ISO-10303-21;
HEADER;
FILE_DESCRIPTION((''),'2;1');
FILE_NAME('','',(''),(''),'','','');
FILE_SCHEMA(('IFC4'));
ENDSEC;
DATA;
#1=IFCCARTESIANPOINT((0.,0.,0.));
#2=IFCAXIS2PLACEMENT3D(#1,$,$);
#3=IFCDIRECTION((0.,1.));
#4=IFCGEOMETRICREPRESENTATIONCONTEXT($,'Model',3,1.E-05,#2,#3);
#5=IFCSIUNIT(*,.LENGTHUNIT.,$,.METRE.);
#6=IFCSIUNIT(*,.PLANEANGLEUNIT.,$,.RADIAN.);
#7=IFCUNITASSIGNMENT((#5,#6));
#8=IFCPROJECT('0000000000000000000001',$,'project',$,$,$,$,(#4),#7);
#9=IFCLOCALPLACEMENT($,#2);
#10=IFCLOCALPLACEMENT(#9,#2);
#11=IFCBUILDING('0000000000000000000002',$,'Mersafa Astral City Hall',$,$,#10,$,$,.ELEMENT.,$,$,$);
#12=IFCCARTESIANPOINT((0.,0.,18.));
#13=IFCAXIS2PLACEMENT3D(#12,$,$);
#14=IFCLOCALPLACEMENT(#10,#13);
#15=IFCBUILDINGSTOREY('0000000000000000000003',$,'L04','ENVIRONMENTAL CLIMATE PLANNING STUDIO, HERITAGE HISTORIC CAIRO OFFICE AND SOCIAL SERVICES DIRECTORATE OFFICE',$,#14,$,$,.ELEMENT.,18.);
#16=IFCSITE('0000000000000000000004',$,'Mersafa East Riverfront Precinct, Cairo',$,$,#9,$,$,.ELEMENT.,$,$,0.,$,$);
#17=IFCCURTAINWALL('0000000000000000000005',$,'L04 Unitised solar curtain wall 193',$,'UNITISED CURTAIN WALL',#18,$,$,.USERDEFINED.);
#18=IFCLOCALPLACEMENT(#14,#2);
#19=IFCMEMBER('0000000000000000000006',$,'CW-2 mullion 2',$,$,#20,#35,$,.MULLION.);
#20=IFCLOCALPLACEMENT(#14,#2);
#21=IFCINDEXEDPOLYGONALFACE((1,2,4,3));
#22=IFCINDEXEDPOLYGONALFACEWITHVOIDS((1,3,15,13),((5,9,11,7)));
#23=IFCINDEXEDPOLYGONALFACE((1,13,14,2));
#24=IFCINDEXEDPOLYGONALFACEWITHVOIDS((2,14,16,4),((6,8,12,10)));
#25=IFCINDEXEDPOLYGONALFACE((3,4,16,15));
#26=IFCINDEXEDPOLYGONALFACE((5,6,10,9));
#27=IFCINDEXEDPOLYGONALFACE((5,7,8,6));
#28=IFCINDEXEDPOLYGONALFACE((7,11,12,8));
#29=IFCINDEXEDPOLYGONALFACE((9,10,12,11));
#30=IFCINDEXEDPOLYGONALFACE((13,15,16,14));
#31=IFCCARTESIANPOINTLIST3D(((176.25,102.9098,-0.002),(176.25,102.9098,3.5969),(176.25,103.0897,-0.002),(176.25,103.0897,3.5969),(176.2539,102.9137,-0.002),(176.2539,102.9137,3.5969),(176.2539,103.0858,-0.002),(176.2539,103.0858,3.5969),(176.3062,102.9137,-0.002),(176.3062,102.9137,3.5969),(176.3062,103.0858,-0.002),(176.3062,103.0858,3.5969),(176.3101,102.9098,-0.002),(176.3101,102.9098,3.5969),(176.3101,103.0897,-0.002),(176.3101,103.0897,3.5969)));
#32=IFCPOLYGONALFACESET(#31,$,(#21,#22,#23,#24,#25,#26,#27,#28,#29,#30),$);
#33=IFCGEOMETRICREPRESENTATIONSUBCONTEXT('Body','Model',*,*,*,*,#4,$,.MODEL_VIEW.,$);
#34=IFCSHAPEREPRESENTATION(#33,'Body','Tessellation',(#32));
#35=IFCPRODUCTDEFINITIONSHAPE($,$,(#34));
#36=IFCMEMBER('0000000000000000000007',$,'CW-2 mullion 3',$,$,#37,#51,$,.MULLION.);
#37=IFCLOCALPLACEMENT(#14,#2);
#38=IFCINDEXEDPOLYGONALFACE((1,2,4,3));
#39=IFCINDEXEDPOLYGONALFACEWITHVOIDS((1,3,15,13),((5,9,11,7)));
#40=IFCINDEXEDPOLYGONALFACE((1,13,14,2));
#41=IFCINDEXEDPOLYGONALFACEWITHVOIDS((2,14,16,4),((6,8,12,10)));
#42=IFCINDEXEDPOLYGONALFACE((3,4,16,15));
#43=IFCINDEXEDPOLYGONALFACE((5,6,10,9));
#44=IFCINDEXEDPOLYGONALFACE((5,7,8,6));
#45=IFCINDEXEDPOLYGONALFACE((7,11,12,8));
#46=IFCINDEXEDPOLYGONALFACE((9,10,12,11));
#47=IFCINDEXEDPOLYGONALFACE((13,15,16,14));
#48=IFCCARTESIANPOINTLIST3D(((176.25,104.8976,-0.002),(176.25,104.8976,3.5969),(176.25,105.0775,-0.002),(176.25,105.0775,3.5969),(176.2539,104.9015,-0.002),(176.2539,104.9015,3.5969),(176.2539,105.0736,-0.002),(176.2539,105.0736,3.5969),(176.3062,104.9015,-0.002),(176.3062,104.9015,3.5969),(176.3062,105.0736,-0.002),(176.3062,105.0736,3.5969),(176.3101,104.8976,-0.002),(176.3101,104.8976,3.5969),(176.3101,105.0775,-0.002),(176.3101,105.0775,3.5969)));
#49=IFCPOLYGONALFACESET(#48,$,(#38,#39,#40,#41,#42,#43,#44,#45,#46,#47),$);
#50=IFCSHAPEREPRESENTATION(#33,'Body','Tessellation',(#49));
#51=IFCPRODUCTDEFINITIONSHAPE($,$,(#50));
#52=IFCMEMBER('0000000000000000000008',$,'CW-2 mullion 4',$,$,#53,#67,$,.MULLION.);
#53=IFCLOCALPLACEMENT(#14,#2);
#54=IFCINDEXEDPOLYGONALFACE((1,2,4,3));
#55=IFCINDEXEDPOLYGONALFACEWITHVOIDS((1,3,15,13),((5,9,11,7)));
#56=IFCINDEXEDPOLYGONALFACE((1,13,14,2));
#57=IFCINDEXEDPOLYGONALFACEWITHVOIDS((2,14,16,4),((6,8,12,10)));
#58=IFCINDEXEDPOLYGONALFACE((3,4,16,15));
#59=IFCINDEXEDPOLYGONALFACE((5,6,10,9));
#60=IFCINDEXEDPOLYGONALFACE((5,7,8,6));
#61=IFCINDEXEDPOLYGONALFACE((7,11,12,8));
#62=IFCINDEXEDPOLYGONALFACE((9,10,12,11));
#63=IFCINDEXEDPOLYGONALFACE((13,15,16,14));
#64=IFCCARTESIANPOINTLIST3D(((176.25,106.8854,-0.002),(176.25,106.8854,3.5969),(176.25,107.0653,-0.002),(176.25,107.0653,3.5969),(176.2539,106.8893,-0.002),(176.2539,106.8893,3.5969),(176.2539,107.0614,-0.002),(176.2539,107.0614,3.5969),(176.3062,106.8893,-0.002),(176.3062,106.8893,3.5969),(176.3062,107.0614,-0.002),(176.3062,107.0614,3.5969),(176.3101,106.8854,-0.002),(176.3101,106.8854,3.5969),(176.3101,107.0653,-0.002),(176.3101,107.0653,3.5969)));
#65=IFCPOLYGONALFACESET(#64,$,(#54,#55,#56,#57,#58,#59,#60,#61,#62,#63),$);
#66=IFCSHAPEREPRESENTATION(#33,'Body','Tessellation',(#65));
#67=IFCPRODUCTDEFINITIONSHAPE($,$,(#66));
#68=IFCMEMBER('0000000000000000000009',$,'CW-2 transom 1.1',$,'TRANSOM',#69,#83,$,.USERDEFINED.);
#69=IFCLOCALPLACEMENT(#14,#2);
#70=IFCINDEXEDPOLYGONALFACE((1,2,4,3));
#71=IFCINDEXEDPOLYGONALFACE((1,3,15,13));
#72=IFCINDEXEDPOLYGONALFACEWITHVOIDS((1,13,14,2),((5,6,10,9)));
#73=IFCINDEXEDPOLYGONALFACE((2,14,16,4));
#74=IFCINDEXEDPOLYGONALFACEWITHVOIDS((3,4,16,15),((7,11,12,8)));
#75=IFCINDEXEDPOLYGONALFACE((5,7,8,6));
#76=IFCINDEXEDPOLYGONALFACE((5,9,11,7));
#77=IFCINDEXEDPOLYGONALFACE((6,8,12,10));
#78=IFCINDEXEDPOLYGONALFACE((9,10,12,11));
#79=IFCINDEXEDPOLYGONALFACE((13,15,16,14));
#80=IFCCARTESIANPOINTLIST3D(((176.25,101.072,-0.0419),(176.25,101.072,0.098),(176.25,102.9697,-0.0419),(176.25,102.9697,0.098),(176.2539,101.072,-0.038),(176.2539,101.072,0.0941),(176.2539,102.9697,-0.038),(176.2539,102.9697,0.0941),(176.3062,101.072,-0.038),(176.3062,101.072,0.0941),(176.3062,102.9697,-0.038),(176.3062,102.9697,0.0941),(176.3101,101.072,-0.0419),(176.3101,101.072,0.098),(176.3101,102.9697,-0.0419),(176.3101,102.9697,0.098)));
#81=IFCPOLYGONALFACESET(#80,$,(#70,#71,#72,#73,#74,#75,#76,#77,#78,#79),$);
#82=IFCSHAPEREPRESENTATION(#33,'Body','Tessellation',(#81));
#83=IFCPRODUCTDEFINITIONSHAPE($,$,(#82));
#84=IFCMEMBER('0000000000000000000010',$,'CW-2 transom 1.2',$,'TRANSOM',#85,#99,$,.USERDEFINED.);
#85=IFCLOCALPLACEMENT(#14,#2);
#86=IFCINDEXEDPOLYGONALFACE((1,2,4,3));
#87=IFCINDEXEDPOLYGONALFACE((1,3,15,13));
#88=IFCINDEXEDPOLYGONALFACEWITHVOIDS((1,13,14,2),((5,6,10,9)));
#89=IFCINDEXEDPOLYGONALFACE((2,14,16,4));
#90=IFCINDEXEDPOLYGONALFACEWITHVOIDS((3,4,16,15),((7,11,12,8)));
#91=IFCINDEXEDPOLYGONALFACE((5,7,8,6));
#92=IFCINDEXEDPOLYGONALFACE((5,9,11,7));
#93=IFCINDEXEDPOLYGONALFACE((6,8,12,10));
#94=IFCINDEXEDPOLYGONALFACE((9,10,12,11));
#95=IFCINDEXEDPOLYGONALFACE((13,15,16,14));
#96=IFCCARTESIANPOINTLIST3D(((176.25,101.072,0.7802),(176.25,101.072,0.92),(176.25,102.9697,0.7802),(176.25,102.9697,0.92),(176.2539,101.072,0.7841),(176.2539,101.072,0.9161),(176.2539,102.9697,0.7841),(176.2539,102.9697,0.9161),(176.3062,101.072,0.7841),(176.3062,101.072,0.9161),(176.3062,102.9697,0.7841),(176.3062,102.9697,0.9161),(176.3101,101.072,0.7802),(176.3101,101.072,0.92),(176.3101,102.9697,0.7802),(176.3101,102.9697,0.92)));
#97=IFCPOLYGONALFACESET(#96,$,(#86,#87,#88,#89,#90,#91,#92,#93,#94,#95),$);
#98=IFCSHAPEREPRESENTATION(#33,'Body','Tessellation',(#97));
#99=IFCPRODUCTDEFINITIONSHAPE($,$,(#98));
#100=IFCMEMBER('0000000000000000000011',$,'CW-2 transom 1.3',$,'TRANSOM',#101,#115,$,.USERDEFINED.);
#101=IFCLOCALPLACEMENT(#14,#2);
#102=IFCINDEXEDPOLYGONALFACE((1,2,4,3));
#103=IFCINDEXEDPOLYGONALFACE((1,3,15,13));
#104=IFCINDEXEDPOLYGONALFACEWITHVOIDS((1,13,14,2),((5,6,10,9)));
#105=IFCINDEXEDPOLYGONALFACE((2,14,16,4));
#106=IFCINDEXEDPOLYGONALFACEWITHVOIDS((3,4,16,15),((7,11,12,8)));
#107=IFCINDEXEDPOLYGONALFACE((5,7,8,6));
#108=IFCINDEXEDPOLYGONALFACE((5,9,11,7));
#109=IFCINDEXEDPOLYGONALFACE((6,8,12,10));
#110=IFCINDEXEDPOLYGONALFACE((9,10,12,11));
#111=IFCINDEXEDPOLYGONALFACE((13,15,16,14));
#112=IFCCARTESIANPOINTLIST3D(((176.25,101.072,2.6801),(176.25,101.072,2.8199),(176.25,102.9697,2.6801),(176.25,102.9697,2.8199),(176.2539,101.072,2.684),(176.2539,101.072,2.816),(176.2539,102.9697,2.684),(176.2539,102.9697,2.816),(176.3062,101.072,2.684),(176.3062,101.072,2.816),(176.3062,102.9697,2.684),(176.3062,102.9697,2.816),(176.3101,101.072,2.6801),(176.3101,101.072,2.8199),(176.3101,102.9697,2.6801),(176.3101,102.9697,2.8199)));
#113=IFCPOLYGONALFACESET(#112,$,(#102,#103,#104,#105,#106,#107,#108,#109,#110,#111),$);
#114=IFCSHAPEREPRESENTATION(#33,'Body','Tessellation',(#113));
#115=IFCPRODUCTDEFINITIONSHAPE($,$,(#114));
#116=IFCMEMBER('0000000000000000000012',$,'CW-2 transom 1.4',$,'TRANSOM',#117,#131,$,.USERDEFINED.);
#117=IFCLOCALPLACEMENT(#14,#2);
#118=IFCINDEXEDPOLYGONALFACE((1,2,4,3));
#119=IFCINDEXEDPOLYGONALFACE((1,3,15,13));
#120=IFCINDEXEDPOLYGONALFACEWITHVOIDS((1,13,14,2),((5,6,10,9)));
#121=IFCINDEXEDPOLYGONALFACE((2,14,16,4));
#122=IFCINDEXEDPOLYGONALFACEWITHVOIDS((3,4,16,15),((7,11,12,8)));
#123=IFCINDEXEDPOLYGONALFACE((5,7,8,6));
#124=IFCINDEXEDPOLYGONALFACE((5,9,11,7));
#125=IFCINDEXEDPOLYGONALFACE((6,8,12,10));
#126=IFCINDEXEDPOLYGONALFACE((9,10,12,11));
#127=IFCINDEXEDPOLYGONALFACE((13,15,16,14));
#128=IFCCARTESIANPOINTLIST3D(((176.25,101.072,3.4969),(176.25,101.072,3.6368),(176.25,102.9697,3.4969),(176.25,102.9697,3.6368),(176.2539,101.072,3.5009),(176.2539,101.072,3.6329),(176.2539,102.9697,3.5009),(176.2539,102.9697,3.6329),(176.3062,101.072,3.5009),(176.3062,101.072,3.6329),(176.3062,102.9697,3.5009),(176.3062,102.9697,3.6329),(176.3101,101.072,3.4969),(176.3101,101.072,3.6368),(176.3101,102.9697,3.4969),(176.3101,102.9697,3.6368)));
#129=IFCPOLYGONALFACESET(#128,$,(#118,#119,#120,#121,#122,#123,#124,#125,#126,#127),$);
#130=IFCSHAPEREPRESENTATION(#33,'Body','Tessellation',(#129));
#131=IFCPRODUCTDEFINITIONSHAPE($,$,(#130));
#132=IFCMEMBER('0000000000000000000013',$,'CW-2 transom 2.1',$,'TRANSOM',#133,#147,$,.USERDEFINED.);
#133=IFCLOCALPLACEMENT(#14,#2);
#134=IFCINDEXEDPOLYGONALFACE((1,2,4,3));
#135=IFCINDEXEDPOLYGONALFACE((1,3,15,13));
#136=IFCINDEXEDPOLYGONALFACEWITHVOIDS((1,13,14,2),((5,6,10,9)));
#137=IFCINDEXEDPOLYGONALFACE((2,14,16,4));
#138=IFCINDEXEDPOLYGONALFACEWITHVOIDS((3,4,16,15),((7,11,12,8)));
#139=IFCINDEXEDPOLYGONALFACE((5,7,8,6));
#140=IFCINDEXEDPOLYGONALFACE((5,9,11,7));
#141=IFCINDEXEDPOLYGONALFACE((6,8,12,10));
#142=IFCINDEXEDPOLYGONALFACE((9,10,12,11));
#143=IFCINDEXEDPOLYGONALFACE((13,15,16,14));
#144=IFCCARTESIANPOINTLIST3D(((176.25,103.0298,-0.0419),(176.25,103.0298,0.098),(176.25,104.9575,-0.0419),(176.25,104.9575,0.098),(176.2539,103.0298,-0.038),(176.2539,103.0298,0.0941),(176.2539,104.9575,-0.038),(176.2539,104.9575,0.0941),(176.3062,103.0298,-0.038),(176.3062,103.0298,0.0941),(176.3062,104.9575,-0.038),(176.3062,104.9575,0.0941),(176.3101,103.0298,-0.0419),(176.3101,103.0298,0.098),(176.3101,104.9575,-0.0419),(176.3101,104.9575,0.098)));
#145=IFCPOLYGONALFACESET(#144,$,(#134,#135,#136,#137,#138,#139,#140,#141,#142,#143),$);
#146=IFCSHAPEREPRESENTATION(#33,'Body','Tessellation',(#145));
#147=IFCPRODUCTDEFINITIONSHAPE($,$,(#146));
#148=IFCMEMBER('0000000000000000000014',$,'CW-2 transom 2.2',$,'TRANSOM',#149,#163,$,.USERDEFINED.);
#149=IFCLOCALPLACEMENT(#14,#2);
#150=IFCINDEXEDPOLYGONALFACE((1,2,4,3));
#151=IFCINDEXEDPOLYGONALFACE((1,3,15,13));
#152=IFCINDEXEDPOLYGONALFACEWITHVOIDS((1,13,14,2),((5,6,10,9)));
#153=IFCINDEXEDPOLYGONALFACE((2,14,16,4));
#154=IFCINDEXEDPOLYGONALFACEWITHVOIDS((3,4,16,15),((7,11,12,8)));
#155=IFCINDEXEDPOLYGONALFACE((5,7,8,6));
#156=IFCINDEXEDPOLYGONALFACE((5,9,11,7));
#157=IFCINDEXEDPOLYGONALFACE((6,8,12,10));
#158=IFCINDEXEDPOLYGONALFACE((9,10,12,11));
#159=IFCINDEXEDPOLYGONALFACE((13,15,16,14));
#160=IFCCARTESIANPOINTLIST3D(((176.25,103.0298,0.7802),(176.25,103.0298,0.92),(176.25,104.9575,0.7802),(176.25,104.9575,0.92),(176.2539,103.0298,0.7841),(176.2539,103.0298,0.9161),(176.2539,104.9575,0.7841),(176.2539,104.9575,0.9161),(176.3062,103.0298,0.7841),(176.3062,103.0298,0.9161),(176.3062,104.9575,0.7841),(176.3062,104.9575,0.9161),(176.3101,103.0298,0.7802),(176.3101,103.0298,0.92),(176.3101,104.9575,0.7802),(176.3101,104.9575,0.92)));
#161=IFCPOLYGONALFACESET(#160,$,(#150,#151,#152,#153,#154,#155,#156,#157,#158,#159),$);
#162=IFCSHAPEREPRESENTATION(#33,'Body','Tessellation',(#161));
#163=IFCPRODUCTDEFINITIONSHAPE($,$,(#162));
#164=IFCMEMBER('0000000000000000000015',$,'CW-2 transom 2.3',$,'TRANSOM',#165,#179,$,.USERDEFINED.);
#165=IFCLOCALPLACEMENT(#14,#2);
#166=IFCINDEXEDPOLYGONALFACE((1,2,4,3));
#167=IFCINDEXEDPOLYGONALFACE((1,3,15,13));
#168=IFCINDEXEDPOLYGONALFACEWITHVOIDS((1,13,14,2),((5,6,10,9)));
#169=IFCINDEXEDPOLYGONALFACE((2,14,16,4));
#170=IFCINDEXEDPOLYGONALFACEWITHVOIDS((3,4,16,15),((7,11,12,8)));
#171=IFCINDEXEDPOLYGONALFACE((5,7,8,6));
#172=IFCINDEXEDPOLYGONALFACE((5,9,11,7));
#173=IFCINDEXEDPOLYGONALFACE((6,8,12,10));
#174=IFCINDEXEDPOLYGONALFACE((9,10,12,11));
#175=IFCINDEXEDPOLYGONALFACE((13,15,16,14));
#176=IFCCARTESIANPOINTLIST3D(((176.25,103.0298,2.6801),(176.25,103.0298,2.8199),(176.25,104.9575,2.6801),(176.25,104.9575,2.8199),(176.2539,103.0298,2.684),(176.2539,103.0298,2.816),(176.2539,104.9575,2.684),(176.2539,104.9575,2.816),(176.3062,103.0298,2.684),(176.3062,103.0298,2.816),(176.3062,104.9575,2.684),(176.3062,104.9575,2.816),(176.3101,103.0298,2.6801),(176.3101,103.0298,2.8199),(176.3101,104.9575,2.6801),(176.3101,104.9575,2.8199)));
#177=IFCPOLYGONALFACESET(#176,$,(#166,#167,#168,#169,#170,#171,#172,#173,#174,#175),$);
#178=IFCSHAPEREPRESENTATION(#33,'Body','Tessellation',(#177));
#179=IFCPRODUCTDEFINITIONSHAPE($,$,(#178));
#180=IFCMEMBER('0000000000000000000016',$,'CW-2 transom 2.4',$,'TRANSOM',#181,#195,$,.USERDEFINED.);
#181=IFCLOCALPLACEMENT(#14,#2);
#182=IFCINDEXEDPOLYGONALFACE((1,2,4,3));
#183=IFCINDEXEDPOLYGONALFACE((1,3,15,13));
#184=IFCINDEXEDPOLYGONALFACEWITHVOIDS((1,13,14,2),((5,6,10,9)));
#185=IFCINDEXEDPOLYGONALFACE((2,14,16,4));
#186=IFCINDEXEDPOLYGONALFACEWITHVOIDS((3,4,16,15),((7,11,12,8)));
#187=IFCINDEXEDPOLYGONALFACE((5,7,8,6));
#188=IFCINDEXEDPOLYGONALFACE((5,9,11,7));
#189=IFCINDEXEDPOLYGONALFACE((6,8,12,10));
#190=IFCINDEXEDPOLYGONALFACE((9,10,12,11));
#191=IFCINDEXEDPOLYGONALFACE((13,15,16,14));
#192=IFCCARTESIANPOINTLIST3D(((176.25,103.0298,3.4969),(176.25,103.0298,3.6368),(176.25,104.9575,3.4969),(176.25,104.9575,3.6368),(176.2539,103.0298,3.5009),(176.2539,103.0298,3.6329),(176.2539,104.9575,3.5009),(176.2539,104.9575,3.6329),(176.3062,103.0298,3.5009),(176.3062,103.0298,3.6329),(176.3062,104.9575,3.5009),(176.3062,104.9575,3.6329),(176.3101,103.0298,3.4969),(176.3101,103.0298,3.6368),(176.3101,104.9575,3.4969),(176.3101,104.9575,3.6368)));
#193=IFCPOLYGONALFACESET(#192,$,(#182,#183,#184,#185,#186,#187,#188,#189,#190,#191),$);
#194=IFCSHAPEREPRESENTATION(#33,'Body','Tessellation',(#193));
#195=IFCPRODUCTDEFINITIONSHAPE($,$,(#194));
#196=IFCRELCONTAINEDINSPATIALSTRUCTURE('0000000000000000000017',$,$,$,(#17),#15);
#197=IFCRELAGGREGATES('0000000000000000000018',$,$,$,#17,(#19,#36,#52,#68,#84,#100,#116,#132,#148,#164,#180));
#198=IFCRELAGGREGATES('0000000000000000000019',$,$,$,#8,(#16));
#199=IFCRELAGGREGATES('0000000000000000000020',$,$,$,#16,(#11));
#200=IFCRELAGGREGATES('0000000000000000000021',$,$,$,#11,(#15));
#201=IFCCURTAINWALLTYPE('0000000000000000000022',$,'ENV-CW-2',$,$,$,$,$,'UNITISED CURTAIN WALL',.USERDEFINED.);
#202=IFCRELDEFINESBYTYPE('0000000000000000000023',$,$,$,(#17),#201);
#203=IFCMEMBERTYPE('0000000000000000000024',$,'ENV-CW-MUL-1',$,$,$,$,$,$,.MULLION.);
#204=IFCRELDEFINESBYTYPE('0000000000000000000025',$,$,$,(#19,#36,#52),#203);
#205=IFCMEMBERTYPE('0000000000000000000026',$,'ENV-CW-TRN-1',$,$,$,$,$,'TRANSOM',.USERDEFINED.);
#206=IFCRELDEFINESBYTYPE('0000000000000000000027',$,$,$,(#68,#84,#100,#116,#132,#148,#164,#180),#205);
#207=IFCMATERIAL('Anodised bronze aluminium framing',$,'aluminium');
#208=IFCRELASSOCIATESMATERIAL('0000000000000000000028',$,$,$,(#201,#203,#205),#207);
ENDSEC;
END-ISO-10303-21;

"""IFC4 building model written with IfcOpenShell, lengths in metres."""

from ifc_helpers import new_model, si_unit, direction, frame, origin, origin_2d, place, context, subcontext, project, spatial, hollow_rectangle, extrude, material, material_profile, profile_set, type_object, element, aggregate, save


model = new_model("IFC4")

# Units and contexts
model_context = context("Model", 3, precision=1e-05, world=origin(), true_north=direction((0.0, 1.0)))
body_context = subcontext(model_context, "Body", "Model", "MODEL_VIEW")
ifc_project = project(units=[si_unit("LENGTHUNIT", "METRE"), si_unit("PLANEANGLEUNIT", "RADIAN")], contexts=[model_context])

# Site, building, storey
site_placement = place(None, origin())
site = spatial("IfcSite", under=ifc_project, at=site_placement, Name="Mersafa East Riverfront Precinct, Cairo", CompositionType="ELEMENT", RefElevation=0.0)
building_placement = place(site_placement, origin())
building = spatial("IfcBuilding", under=site, at=building_placement, Name="Mersafa Astral City Hall", CompositionType="ELEMENT")
storey_placement = place(building_placement, frame((0.0, 0.0, 18.0)))
storey = spatial("IfcBuildingStorey", under=building, at=storey_placement, Name="L04", Description="ENVIRONMENTAL CLIMATE PLANNING STUDIO, HERITAGE HISTORIC CAIRO OFFICE AND SOCIAL SERVICES DIRECTORATE OFFICE", CompositionType="ELEMENT", Elevation=18.0)

# Curtain wall, members
ifc_material_1 = material(Name="Anodised bronze aluminium framing", Category="aluminium")
curtain_wall_type = type_object("IfcCurtainWallType", Name="ENV-CW-2", ElementType="UNITISED CURTAIN WALL", PredefinedType="USERDEFINED", material=ifc_material_1)
curtain_wall_placement = place(storey_placement, origin())
curtain_wall = element("IfcCurtainWall", 1, at=curtain_wall_placement, inside=storey, type_object=curtain_wall_type, Name="L04 Unitised solar curtain wall 193", ObjectType="UNITISED CURTAIN WALL", PredefinedType="USERDEFINED")
ifc_material_profile_1 = material_profile(ifc_material_1, hollow_rectangle(XDim=0.0601, YDim=0.1799, WallThickness=0.0039, at=origin_2d()), Name="RHS 60x180x4")
ifc_profile_set_1 = profile_set([ifc_material_profile_1], Name="Anodised bronze aluminium framing")
member_type_1 = type_object("IfcMemberType", Name="ENV-CW-MUL-1", PredefinedType="MULLION", material=ifc_profile_set_1)
member_1_placement = place(storey_placement, frame((176.28, 102.9998, -0.002), z_axis=(0.0, 0.0, 1.0), x_axis=(-1.0, 0.0, 0.0)))
member_1 = element("IfcMember", 2, at=member_1_placement, type_object=member_type_1, Name="CW-2 mullion 2", PredefinedType="MULLION", context=body_context, shape_type="SweptSolid", body=[
    extrude(hollow_rectangle(XDim=0.0601, YDim=0.1799, WallThickness=0.0039, at=origin_2d()), origin(), (0.0, 0.0, 1.0), 3.5989),
])
member_2_placement = place(storey_placement, frame((176.28, 104.9875, -0.002), z_axis=(0.0, 0.0, 1.0), x_axis=(-1.0, 0.0, 0.0)))
member_2 = element("IfcMember", 3, at=member_2_placement, type_object=member_type_1, Name="CW-2 mullion 3", PredefinedType="MULLION", context=body_context, shape_type="SweptSolid", body=[
    extrude(hollow_rectangle(XDim=0.0601, YDim=0.1799, WallThickness=0.0039, at=origin_2d()), origin(), (0.0, 0.0, 1.0), 3.5989),
])
member_3_placement = place(storey_placement, frame((176.28, 106.9753, -0.002), z_axis=(0.0, 0.0, 1.0), x_axis=(-1.0, 0.0, 0.0)))
member_3 = element("IfcMember", 4, at=member_3_placement, type_object=member_type_1, Name="CW-2 mullion 4", PredefinedType="MULLION", context=body_context, shape_type="SweptSolid", body=[
    extrude(hollow_rectangle(XDim=0.0601, YDim=0.1799, WallThickness=0.0039, at=origin_2d()), origin(), (0.0, 0.0, 1.0), 3.5989),
])
ifc_material_profile_2 = material_profile(ifc_material_1, hollow_rectangle(XDim=0.0601, YDim=0.1399, WallThickness=0.0039, at=origin_2d()), Name="RHS 60x140x4")
ifc_profile_set_2 = profile_set([ifc_material_profile_2], Name="Anodised bronze aluminium framing")
member_type_2 = type_object("IfcMemberType", Name="ENV-CW-TRN-1", ElementType="TRANSOM", PredefinedType="USERDEFINED", material=ifc_profile_set_2)
member_4_placement = place(storey_placement, frame((176.28, 101.072, 0.0281), z_axis=(0.0, 1.0, 0.0), x_axis=(-1.0, 0.0, 0.0)))
member_4 = element("IfcMember", 5, at=member_4_placement, type_object=member_type_2, Name="CW-2 transom 1.1", ObjectType="TRANSOM", PredefinedType="USERDEFINED", context=body_context, shape_type="SweptSolid", body=[
    extrude(hollow_rectangle(XDim=0.0601, YDim=0.1399, WallThickness=0.0039, at=origin_2d()), origin(), (0.0, 0.0, 1.0), 1.8977),
])
member_5_placement = place(storey_placement, frame((176.28, 101.072, 0.8501), z_axis=(0.0, 1.0, 0.0), x_axis=(-1.0, 0.0, 0.0)))
member_5 = element("IfcMember", 6, at=member_5_placement, type_object=member_type_2, Name="CW-2 transom 1.2", ObjectType="TRANSOM", PredefinedType="USERDEFINED", context=body_context, shape_type="SweptSolid", body=[
    extrude(hollow_rectangle(XDim=0.0601, YDim=0.1399, WallThickness=0.0039, at=origin_2d()), origin(), (0.0, 0.0, 1.0), 1.8977),
])
member_6_placement = place(storey_placement, frame((176.28, 101.072, 2.75), z_axis=(0.0, 1.0, 0.0), x_axis=(-1.0, 0.0, 0.0)))
member_6 = element("IfcMember", 7, at=member_6_placement, type_object=member_type_2, Name="CW-2 transom 1.3", ObjectType="TRANSOM", PredefinedType="USERDEFINED", context=body_context, shape_type="SweptSolid", body=[
    extrude(hollow_rectangle(XDim=0.0601, YDim=0.1399, WallThickness=0.0039, at=origin_2d()), origin(), (0.0, 0.0, 1.0), 1.8977),
])
member_7_placement = place(storey_placement, frame((176.28, 101.072, 3.5669), z_axis=(0.0, 1.0, 0.0), x_axis=(-1.0, 0.0, 0.0)))
member_7 = element("IfcMember", 8, at=member_7_placement, type_object=member_type_2, Name="CW-2 transom 1.4", ObjectType="TRANSOM", PredefinedType="USERDEFINED", context=body_context, shape_type="SweptSolid", body=[
    extrude(hollow_rectangle(XDim=0.0601, YDim=0.1399, WallThickness=0.0039, at=origin_2d()), origin(), (0.0, 0.0, 1.0), 1.8977),
])
member_8_placement = place(storey_placement, frame((176.28, 103.0298, 0.0281), z_axis=(0.0, 1.0, 0.0), x_axis=(-1.0, 0.0, 0.0)))
member_8 = element("IfcMember", 9, at=member_8_placement, type_object=member_type_2, Name="CW-2 transom 2.1", ObjectType="TRANSOM", PredefinedType="USERDEFINED", context=body_context, shape_type="SweptSolid", body=[
    extrude(hollow_rectangle(XDim=0.0601, YDim=0.1399, WallThickness=0.0039, at=origin_2d()), origin(), (0.0, 0.0, 1.0), 1.9277),
])
member_9_placement = place(storey_placement, frame((176.28, 103.0298, 0.8501), z_axis=(0.0, 1.0, 0.0), x_axis=(-1.0, 0.0, 0.0)))
member_9 = element("IfcMember", 10, at=member_9_placement, type_object=member_type_2, Name="CW-2 transom 2.2", ObjectType="TRANSOM", PredefinedType="USERDEFINED", context=body_context, shape_type="SweptSolid", body=[
    extrude(hollow_rectangle(XDim=0.0601, YDim=0.1399, WallThickness=0.0039, at=origin_2d()), origin(), (0.0, 0.0, 1.0), 1.9277),
])
member_10_placement = place(storey_placement, frame((176.28, 103.0298, 2.75), z_axis=(0.0, 1.0, 0.0), x_axis=(-1.0, 0.0, 0.0)))
member_10 = element("IfcMember", 11, at=member_10_placement, type_object=member_type_2, Name="CW-2 transom 2.3", ObjectType="TRANSOM", PredefinedType="USERDEFINED", context=body_context, shape_type="SweptSolid", body=[
    extrude(hollow_rectangle(XDim=0.0601, YDim=0.1399, WallThickness=0.0039, at=origin_2d()), origin(), (0.0, 0.0, 1.0), 1.9277),
])
member_11_placement = place(storey_placement, frame((176.28, 103.0298, 3.5669), z_axis=(0.0, 1.0, 0.0), x_axis=(-1.0, 0.0, 0.0)))
member_11 = element("IfcMember", 12, at=member_11_placement, type_object=member_type_2, Name="CW-2 transom 2.4", ObjectType="TRANSOM", PredefinedType="USERDEFINED", context=body_context, shape_type="SweptSolid", body=[
    extrude(hollow_rectangle(XDim=0.0601, YDim=0.1399, WallThickness=0.0039, at=origin_2d()), origin(), (0.0, 0.0, 1.0), 1.9277),
])

aggregate(curtain_wall, [member_1, member_2, member_3, member_4, member_5, member_6, member_7, member_8, member_9, member_10, member_11])

save(model, "model.ifc")
